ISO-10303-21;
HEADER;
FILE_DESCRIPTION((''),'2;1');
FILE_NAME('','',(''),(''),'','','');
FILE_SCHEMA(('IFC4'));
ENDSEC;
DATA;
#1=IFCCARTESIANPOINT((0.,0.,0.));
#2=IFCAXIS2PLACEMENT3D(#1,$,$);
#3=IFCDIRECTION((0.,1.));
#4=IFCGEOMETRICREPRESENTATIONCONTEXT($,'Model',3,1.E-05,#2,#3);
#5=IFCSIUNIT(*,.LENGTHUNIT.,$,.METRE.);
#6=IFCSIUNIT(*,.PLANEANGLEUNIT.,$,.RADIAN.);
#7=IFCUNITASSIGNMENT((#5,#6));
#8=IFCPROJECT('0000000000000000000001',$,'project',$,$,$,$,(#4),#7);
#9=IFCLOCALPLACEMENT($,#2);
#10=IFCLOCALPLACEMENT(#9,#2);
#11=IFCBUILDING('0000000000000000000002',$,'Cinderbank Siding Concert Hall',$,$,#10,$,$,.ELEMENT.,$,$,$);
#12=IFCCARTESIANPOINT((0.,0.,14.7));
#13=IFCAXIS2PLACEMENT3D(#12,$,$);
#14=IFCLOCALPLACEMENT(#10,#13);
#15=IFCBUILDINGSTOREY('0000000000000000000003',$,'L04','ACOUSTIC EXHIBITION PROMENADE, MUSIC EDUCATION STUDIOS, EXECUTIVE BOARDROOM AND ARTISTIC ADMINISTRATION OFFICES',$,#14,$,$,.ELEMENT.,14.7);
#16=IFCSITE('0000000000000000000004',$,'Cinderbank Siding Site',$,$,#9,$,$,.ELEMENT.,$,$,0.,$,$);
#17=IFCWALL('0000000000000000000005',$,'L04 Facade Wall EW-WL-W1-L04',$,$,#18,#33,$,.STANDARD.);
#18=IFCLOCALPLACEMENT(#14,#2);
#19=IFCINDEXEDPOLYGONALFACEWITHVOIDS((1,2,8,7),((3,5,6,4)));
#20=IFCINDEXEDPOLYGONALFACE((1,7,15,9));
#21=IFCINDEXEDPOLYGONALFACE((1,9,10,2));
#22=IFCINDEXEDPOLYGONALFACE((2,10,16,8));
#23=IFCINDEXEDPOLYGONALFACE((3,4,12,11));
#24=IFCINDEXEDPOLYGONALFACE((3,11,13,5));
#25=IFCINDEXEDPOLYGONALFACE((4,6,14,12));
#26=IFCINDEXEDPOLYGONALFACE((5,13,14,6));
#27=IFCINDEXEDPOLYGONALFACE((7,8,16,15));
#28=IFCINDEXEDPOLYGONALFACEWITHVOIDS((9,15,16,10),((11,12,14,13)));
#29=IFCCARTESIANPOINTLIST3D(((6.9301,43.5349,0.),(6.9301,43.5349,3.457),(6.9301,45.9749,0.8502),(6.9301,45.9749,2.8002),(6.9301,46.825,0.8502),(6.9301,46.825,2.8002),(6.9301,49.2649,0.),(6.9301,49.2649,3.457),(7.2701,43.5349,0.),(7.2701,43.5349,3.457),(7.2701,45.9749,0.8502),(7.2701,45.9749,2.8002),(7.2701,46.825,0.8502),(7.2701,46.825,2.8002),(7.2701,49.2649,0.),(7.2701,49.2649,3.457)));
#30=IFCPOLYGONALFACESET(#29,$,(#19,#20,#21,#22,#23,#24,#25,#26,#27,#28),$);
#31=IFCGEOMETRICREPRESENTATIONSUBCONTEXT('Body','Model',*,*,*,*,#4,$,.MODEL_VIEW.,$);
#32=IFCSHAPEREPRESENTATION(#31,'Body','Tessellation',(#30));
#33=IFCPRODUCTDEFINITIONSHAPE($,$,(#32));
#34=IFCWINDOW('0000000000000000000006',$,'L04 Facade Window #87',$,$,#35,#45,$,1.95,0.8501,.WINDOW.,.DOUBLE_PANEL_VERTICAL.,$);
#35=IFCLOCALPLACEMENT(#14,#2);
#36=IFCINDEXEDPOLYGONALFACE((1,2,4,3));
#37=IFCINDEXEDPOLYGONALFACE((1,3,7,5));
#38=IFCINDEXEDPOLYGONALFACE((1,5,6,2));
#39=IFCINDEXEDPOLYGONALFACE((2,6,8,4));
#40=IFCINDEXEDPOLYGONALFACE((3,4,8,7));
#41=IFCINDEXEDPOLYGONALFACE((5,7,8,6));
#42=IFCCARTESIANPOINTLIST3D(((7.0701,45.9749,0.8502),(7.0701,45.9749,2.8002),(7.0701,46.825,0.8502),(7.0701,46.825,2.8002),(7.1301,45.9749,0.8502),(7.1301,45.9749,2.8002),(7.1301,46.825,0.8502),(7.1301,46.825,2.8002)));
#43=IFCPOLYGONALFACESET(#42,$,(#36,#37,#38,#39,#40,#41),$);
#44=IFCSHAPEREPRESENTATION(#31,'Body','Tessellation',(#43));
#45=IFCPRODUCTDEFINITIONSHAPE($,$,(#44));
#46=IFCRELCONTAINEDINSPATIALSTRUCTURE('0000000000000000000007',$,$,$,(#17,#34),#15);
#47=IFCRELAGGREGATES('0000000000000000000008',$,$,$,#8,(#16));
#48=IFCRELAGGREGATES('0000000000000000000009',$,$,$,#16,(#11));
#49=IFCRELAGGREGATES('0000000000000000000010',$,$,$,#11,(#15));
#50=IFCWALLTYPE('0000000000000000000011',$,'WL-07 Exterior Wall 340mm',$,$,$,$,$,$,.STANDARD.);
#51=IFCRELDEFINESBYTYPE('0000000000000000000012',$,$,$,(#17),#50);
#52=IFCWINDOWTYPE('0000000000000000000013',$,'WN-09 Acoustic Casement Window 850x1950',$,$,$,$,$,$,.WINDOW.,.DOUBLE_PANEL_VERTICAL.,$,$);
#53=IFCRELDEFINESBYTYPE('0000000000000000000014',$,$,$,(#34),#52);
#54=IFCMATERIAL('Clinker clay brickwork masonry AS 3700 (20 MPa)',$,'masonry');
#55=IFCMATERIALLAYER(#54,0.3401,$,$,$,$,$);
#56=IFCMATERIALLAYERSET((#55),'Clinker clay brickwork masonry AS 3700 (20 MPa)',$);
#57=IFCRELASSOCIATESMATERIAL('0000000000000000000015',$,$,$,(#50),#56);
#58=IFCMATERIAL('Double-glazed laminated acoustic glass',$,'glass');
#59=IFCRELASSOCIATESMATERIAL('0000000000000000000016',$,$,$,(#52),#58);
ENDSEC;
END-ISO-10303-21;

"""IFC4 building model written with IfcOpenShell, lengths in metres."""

from ifc_helpers import new_model, si_unit, direction, frame, frame_2d, origin, place, context, subcontext, project, spatial, rectangle, extrude, material, layer, layer_set, type_object, element, fill, save


model = new_model("IFC4")

# Units and contexts
model_context = context("Model", 3, precision=1e-05, world=origin(), true_north=direction((0.0, 1.0)))
body_context = subcontext(model_context, "Body", "Model", "MODEL_VIEW")
ifc_project = project(units=[si_unit("LENGTHUNIT", "METRE"), si_unit("PLANEANGLEUNIT", "RADIAN")], contexts=[model_context])

# Site, building, storey
site_placement = place(None, origin())
site = spatial("IfcSite", under=ifc_project, at=site_placement, Name="Cinderbank Siding Site", CompositionType="ELEMENT", RefElevation=0.0)
building_placement = place(site_placement, origin())
building = spatial("IfcBuilding", under=site, at=building_placement, Name="Cinderbank Siding Concert Hall", CompositionType="ELEMENT")
storey_placement = place(building_placement, frame((0.0, 0.0, 14.7)))
storey = spatial("IfcBuildingStorey", under=building, at=storey_placement, Name="L04", Description="ACOUSTIC EXHIBITION PROMENADE, MUSIC EDUCATION STUDIOS, EXECUTIVE BOARDROOM AND ARTISTIC ADMINISTRATION OFFICES", CompositionType="ELEMENT", Elevation=14.7)

# Wall, opening, window
ifc_material_1 = material(Name="Clinker clay brickwork masonry AS 3700 (20 MPa)", Category="masonry")
ifc_layer_1 = layer(ifc_material_1, 0.3401)
ifc_layer_set_1 = layer_set([ifc_layer_1], Name="Clinker clay brickwork masonry AS 3700 (20 MPa)")
wall_type = type_object("IfcWallType", Name="WL-07 Exterior Wall 340mm", PredefinedType="STANDARD", material=ifc_layer_set_1)
ifc_material_2 = material(Name="Double-glazed laminated acoustic glass", Category="glass")
wall_1_placement = place(storey_placement, frame((7.1001, 43.5349, 0.0), z_axis=(0.0, 0.0, 1.0), x_axis=(0.0, 1.0, 0.0)))
wall_1 = element("IfcWall", 1, at=wall_1_placement, inside=storey, type_object=wall_type, Name="L04 Facade Wall EW-WL-W1-L04", PredefinedType="STANDARD", context=body_context, shape_type="SweptSolid", body=[
    extrude(rectangle(XDim=5.73, YDim=0.3401, at=frame_2d((2.865, 0.0))), origin(), (0.0, 0.0, 1.0), 3.457),
])
opening_1_placement = place(wall_1_placement, frame((2.4399, 0.0, 0.8501)))
opening_1 = element("IfcOpeningElement", 2, at=opening_1_placement, cuts=wall_1, PredefinedType="OPENING", context=body_context, shape_type="SweptSolid", body=[
    extrude(rectangle(XDim=0.8501, YDim=1.95, at=frame_2d((0.425, 0.9751))), frame((0.0, 0.1821, 0.0), z_axis=(0.0, -1.0, 0.0), x_axis=(1.0, 0.0, 0.0)), (0.0, 0.0, 1.0), 0.364),
])
window_type_1 = type_object("IfcWindowType", Name="WN-09 Acoustic Casement Window 850x1950", PartitioningType="DOUBLE_PANEL_VERTICAL", PredefinedType="WINDOW", material=ifc_material_2)
window_1_placement = place(opening_1_placement, origin())
window_1 = element("IfcWindow", 3, at=window_1_placement, inside=storey, type_object=window_type_1, Name="L04 Facade Window #87", OverallHeight=1.95, OverallWidth=0.8501, PartitioningType="DOUBLE_PANEL_VERTICAL", PredefinedType="WINDOW", context=body_context, shape_type="SweptSolid", body=[
    extrude(rectangle(XDim=0.8501, YDim=1.95, at=frame_2d((0.425, 0.9751))), frame((0.0, 0.03, 0.0), z_axis=(0.0, -1.0, 0.0), x_axis=(1.0, 0.0, 0.0)), (0.0, 0.0, 1.0), 0.0601),
])
fill(opening_1, window_1)

save(model, "model.ifc")
